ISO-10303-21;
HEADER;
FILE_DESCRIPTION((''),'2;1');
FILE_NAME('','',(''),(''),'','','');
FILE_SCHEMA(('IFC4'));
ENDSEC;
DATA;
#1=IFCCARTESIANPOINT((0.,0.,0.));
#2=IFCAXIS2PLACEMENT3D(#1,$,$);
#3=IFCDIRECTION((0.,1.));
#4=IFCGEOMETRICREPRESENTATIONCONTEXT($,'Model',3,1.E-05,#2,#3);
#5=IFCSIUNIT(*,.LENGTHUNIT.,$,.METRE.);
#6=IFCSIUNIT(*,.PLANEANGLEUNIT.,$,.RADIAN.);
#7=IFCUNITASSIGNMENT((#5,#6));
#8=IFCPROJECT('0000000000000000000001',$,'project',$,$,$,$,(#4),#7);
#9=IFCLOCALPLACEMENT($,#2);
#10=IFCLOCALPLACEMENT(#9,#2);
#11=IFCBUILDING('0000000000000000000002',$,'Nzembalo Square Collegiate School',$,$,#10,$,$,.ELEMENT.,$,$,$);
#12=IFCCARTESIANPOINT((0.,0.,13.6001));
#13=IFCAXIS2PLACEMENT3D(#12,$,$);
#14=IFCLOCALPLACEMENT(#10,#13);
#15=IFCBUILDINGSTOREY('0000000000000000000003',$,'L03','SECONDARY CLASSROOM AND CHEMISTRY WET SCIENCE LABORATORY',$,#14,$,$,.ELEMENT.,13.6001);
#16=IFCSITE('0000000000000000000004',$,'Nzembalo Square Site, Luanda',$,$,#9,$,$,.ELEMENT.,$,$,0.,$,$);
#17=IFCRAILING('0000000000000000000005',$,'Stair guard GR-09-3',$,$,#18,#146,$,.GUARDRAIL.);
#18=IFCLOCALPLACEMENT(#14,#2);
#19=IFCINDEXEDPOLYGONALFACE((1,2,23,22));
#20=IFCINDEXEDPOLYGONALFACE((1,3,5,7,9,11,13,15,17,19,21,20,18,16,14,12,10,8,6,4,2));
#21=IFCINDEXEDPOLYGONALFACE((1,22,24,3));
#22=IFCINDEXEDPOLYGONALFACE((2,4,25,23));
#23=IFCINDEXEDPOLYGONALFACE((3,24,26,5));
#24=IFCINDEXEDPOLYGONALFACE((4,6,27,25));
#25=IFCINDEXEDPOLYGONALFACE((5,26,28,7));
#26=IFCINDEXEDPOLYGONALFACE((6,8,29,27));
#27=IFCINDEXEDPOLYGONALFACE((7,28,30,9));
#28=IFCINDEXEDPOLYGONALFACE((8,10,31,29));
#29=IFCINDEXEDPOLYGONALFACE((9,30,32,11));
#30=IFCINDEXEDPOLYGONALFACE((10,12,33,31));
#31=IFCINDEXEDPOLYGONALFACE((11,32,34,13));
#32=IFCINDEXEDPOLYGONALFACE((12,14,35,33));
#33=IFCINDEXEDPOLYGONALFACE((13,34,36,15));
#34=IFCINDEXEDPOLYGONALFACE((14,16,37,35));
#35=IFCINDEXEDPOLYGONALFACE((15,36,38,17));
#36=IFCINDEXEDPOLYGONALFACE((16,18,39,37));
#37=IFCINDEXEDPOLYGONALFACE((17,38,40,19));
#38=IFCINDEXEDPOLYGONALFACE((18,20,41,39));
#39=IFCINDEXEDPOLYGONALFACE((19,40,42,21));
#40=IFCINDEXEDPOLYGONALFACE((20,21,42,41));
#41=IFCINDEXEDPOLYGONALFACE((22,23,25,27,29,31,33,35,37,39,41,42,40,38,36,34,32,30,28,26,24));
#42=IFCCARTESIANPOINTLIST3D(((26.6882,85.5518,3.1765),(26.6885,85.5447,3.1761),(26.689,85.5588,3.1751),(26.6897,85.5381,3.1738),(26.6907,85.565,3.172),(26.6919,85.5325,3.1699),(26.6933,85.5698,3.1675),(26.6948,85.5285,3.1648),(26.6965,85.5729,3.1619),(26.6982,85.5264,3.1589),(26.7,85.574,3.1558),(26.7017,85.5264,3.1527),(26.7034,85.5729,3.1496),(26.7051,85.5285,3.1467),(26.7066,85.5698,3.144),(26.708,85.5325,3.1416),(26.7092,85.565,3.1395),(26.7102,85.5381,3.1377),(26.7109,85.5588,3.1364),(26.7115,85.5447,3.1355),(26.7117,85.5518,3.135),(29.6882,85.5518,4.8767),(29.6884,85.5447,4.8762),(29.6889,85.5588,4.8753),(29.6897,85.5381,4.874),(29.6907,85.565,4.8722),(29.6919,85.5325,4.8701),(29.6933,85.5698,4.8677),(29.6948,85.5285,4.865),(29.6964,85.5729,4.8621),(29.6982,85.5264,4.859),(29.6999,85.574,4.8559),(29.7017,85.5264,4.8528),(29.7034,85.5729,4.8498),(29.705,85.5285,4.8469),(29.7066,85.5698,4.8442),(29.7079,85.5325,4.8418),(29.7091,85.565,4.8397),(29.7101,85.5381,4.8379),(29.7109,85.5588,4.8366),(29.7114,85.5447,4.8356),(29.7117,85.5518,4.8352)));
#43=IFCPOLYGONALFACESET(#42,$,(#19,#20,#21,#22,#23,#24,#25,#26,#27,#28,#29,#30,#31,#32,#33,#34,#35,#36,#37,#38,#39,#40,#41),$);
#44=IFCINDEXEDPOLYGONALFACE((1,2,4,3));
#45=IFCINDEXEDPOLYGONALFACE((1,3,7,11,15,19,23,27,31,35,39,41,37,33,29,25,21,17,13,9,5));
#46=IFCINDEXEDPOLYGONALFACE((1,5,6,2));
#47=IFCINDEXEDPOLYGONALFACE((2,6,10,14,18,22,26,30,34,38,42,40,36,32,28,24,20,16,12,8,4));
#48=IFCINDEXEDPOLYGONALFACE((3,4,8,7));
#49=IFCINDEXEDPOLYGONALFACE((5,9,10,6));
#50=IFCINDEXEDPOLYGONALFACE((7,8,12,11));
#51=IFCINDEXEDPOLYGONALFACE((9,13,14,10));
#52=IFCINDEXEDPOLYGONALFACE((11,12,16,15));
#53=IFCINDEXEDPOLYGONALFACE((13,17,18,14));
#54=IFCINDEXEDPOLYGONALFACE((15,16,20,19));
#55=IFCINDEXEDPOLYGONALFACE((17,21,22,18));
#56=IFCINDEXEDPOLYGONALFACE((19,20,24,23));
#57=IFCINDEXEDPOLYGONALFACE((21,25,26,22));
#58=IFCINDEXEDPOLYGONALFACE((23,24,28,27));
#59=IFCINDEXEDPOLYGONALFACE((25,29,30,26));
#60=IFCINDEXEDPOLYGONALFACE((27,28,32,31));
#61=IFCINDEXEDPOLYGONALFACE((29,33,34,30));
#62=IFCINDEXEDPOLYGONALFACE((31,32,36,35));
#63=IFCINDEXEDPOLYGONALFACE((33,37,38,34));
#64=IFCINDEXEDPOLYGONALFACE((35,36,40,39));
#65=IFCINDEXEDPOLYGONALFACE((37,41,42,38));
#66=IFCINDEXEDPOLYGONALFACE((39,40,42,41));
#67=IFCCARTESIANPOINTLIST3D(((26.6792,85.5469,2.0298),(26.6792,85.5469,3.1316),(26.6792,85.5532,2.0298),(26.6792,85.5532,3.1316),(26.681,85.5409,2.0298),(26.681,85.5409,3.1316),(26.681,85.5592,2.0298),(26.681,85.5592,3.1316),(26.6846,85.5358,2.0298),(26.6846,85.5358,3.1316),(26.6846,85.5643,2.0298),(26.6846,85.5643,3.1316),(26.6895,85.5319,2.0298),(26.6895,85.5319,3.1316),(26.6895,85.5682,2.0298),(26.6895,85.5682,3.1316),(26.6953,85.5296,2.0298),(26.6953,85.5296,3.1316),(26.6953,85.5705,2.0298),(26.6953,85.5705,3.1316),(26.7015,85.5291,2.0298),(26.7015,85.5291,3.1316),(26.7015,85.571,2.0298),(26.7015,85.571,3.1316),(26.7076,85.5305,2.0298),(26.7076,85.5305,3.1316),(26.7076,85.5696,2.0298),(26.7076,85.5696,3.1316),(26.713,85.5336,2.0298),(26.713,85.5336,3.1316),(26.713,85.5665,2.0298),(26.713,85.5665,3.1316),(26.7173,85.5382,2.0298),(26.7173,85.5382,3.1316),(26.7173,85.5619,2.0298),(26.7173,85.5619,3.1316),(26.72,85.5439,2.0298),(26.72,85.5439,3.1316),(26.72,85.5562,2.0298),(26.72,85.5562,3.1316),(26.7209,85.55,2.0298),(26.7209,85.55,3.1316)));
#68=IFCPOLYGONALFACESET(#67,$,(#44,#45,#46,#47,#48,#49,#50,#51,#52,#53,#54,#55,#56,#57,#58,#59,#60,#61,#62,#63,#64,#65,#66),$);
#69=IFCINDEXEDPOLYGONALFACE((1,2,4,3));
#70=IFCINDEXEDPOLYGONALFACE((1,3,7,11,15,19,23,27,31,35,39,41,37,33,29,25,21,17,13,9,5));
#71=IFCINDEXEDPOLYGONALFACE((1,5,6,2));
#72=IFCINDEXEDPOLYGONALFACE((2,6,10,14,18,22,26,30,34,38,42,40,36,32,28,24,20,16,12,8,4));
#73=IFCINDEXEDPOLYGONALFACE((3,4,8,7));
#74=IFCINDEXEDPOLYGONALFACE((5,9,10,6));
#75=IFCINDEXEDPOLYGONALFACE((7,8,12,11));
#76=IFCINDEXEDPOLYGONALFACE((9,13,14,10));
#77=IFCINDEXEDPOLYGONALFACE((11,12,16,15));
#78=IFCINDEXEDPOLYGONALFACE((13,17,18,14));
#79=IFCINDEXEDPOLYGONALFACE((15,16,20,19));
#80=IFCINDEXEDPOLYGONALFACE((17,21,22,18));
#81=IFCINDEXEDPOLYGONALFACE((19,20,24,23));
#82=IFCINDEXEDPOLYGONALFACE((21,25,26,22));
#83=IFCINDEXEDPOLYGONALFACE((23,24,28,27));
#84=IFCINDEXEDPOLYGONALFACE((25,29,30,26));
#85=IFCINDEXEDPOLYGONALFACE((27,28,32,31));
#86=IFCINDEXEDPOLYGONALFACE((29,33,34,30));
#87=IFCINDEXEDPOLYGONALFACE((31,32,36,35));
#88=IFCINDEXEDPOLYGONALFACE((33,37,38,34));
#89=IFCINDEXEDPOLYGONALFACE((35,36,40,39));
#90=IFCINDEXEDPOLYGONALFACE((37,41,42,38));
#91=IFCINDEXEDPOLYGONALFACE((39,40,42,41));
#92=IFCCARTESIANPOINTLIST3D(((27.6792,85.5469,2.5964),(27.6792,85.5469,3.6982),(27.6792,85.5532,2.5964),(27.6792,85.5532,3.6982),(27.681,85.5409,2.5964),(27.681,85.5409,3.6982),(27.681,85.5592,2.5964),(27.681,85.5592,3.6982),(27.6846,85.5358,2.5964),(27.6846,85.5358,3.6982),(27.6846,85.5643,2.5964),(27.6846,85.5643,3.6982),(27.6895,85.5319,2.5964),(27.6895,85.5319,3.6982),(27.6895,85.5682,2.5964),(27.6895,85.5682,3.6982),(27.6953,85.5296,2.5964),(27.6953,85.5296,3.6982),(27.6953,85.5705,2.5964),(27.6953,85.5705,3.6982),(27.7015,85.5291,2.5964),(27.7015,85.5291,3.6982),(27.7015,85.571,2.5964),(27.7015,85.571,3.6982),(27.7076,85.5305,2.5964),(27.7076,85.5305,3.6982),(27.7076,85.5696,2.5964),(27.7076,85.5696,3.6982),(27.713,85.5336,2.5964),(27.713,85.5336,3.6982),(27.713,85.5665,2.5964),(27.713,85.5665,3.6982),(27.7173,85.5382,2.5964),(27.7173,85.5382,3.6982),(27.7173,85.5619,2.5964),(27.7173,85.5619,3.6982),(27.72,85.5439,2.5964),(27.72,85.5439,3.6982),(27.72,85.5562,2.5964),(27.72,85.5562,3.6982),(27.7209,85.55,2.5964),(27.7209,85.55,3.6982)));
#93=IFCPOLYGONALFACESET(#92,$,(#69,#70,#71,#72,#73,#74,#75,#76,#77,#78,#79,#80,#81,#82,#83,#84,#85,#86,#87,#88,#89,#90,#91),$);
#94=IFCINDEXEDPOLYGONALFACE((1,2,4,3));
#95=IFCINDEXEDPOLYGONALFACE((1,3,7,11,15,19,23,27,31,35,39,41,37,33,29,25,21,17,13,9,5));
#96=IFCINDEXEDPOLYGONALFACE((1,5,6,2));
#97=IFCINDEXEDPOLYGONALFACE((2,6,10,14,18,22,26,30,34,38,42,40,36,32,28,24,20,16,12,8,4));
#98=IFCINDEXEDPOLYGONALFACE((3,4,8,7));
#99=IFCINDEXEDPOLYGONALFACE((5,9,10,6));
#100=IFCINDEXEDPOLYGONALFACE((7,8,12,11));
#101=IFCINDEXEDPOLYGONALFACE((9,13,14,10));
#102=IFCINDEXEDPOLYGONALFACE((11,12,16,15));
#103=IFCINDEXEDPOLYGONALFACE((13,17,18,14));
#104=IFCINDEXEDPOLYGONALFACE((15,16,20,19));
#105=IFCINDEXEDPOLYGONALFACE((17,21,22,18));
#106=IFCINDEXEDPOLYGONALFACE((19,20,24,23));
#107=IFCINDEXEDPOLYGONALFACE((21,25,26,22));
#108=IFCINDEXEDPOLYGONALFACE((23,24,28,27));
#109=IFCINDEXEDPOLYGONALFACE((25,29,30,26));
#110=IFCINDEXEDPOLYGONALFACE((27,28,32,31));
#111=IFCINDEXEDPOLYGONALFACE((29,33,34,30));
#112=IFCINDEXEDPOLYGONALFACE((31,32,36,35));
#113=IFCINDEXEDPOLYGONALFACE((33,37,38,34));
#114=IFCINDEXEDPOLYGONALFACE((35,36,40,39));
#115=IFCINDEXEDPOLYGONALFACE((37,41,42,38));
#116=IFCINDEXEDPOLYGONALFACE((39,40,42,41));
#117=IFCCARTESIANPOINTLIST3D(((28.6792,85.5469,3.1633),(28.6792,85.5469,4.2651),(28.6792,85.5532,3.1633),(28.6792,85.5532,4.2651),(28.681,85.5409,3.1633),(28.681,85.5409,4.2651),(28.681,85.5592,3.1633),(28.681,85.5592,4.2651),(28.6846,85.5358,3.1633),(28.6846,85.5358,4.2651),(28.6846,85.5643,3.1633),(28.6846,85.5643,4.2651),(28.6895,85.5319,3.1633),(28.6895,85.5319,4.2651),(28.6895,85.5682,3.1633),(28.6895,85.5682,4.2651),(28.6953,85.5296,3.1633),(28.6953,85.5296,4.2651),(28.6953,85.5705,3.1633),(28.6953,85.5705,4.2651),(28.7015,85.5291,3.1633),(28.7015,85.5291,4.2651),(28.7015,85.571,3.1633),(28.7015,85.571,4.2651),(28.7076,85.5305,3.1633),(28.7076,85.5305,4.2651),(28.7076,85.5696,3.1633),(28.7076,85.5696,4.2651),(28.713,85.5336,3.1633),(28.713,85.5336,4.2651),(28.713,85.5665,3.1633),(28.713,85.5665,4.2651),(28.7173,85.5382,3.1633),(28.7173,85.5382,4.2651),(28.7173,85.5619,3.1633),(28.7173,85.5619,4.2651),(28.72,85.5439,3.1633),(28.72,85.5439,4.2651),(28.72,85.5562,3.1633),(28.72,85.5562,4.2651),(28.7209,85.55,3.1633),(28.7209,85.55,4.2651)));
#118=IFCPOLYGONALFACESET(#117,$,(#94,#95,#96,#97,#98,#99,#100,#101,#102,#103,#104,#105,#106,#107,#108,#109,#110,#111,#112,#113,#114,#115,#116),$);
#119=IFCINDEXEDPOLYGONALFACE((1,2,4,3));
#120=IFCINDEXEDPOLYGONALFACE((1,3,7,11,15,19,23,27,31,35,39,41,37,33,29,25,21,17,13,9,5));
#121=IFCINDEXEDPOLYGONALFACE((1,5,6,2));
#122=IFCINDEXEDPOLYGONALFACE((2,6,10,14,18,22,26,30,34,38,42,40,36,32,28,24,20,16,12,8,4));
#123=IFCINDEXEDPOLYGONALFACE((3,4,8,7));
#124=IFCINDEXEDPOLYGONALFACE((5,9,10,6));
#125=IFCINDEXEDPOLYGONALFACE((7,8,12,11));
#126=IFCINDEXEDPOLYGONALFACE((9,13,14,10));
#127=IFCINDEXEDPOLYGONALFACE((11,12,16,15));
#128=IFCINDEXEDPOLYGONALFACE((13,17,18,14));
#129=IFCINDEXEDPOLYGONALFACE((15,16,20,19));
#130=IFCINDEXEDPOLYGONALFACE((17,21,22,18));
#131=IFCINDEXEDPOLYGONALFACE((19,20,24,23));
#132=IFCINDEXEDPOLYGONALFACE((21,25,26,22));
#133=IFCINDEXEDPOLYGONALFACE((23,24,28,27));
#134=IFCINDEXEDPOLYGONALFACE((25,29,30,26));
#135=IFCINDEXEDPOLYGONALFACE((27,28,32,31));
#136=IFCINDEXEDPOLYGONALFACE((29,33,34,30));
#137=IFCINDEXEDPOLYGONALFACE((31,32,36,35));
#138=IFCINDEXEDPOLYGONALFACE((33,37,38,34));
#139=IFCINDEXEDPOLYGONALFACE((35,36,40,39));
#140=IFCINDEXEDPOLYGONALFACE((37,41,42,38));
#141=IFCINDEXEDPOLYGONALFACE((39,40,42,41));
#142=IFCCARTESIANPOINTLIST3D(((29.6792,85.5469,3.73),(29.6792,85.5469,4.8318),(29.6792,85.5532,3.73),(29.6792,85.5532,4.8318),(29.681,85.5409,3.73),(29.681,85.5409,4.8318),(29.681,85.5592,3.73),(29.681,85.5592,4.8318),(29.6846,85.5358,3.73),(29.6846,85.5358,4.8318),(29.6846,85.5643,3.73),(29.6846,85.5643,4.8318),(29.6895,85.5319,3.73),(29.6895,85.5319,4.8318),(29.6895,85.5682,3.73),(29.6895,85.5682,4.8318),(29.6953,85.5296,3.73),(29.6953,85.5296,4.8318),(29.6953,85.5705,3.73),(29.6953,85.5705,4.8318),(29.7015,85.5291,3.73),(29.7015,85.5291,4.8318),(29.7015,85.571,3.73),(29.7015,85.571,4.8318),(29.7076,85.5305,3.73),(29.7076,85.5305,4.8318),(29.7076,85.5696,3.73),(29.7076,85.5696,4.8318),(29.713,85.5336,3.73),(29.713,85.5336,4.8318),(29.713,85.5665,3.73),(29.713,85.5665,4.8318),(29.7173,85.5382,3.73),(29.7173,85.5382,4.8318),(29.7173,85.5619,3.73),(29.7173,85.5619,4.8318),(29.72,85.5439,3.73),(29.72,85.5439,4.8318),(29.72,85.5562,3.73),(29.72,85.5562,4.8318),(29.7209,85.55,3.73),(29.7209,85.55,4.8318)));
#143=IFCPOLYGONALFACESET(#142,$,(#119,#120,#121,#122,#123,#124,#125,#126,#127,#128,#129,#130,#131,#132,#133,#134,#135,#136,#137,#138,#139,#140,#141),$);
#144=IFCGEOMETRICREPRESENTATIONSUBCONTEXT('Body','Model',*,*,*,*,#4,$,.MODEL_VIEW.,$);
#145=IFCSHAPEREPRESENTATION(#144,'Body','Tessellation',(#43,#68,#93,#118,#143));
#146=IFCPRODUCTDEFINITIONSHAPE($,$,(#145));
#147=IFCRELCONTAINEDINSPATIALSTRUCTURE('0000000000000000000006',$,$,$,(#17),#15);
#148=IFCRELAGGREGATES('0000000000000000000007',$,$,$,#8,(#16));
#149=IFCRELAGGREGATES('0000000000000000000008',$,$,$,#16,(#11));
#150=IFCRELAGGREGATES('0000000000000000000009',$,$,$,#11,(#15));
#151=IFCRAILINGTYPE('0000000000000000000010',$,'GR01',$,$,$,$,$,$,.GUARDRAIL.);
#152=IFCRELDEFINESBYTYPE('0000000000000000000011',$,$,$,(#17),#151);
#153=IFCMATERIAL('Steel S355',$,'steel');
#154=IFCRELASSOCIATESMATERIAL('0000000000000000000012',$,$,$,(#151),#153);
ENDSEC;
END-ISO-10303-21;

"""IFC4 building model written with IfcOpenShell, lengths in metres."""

from ifc_helpers import new_model, si_unit, direction, frame, origin, origin_2d, place, context, subcontext, project, spatial, circle, extrude, material, type_object, element, save


model = new_model("IFC4")

# Units and contexts
model_context = context("Model", 3, precision=1e-05, world=origin(), true_north=direction((0.0, 1.0)))
body_context = subcontext(model_context, "Body", "Model", "MODEL_VIEW")
ifc_project = project(units=[si_unit("LENGTHUNIT", "METRE"), si_unit("PLANEANGLEUNIT", "RADIAN")], contexts=[model_context])

# Site, building, storey
site_placement = place(None, origin())
site = spatial("IfcSite", under=ifc_project, at=site_placement, Name="Nzembalo Square Site, Luanda", CompositionType="ELEMENT", RefElevation=0.0)
building_placement = place(site_placement, origin())
building = spatial("IfcBuilding", under=site, at=building_placement, Name="Nzembalo Square Collegiate School", CompositionType="ELEMENT")
storey_placement = place(building_placement, frame((0.0, 0.0, 13.6001)))
storey = spatial("IfcBuildingStorey", under=building, at=storey_placement, Name="L03", Description="SECONDARY CLASSROOM AND CHEMISTRY WET SCIENCE LABORATORY", CompositionType="ELEMENT", Elevation=13.6001)

# Railing
ifc_material_1 = material(Name="Steel S355", Category="steel")
railing_type_1 = type_object("IfcRailingType", Name="GR01", PredefinedType="GUARDRAIL", material=ifc_material_1)
railing_1_placement = place(storey_placement, frame((26.7, 85.55, 2.0298)))
element("IfcRailing", 1, at=railing_1_placement, inside=storey, type_object=railing_type_1, Name="Stair guard GR-09-3", PredefinedType="GUARDRAIL", context=body_context, shape_type="SweptSolid", body=[
    extrude(circle(Radius=0.0239, at=origin_2d()), frame((0.0, 0.0, 1.126), z_axis=(0.869998, 0.0, 0.493055), x_axis=(0.0, 1.0, 0.0)), (0.0, 0.0, 1.0), 3.4482),
    extrude(circle(Radius=0.021, at=origin_2d()), origin(), (0.0, 0.0, 1.0), 1.1018),
    extrude(circle(Radius=0.021, at=origin_2d()), frame((1.0, 0.0, 0.5667)), (0.0, 0.0, 1.0), 1.1018),
    extrude(circle(Radius=0.021, at=origin_2d()), frame((2.0, 0.0, 1.1335)), (0.0, 0.0, 1.0), 1.1018),
    extrude(circle(Radius=0.021, at=origin_2d()), frame((3.0, 0.0, 1.7002)), (0.0, 0.0, 1.0), 1.1018),
])

save(model, "model.ifc")
